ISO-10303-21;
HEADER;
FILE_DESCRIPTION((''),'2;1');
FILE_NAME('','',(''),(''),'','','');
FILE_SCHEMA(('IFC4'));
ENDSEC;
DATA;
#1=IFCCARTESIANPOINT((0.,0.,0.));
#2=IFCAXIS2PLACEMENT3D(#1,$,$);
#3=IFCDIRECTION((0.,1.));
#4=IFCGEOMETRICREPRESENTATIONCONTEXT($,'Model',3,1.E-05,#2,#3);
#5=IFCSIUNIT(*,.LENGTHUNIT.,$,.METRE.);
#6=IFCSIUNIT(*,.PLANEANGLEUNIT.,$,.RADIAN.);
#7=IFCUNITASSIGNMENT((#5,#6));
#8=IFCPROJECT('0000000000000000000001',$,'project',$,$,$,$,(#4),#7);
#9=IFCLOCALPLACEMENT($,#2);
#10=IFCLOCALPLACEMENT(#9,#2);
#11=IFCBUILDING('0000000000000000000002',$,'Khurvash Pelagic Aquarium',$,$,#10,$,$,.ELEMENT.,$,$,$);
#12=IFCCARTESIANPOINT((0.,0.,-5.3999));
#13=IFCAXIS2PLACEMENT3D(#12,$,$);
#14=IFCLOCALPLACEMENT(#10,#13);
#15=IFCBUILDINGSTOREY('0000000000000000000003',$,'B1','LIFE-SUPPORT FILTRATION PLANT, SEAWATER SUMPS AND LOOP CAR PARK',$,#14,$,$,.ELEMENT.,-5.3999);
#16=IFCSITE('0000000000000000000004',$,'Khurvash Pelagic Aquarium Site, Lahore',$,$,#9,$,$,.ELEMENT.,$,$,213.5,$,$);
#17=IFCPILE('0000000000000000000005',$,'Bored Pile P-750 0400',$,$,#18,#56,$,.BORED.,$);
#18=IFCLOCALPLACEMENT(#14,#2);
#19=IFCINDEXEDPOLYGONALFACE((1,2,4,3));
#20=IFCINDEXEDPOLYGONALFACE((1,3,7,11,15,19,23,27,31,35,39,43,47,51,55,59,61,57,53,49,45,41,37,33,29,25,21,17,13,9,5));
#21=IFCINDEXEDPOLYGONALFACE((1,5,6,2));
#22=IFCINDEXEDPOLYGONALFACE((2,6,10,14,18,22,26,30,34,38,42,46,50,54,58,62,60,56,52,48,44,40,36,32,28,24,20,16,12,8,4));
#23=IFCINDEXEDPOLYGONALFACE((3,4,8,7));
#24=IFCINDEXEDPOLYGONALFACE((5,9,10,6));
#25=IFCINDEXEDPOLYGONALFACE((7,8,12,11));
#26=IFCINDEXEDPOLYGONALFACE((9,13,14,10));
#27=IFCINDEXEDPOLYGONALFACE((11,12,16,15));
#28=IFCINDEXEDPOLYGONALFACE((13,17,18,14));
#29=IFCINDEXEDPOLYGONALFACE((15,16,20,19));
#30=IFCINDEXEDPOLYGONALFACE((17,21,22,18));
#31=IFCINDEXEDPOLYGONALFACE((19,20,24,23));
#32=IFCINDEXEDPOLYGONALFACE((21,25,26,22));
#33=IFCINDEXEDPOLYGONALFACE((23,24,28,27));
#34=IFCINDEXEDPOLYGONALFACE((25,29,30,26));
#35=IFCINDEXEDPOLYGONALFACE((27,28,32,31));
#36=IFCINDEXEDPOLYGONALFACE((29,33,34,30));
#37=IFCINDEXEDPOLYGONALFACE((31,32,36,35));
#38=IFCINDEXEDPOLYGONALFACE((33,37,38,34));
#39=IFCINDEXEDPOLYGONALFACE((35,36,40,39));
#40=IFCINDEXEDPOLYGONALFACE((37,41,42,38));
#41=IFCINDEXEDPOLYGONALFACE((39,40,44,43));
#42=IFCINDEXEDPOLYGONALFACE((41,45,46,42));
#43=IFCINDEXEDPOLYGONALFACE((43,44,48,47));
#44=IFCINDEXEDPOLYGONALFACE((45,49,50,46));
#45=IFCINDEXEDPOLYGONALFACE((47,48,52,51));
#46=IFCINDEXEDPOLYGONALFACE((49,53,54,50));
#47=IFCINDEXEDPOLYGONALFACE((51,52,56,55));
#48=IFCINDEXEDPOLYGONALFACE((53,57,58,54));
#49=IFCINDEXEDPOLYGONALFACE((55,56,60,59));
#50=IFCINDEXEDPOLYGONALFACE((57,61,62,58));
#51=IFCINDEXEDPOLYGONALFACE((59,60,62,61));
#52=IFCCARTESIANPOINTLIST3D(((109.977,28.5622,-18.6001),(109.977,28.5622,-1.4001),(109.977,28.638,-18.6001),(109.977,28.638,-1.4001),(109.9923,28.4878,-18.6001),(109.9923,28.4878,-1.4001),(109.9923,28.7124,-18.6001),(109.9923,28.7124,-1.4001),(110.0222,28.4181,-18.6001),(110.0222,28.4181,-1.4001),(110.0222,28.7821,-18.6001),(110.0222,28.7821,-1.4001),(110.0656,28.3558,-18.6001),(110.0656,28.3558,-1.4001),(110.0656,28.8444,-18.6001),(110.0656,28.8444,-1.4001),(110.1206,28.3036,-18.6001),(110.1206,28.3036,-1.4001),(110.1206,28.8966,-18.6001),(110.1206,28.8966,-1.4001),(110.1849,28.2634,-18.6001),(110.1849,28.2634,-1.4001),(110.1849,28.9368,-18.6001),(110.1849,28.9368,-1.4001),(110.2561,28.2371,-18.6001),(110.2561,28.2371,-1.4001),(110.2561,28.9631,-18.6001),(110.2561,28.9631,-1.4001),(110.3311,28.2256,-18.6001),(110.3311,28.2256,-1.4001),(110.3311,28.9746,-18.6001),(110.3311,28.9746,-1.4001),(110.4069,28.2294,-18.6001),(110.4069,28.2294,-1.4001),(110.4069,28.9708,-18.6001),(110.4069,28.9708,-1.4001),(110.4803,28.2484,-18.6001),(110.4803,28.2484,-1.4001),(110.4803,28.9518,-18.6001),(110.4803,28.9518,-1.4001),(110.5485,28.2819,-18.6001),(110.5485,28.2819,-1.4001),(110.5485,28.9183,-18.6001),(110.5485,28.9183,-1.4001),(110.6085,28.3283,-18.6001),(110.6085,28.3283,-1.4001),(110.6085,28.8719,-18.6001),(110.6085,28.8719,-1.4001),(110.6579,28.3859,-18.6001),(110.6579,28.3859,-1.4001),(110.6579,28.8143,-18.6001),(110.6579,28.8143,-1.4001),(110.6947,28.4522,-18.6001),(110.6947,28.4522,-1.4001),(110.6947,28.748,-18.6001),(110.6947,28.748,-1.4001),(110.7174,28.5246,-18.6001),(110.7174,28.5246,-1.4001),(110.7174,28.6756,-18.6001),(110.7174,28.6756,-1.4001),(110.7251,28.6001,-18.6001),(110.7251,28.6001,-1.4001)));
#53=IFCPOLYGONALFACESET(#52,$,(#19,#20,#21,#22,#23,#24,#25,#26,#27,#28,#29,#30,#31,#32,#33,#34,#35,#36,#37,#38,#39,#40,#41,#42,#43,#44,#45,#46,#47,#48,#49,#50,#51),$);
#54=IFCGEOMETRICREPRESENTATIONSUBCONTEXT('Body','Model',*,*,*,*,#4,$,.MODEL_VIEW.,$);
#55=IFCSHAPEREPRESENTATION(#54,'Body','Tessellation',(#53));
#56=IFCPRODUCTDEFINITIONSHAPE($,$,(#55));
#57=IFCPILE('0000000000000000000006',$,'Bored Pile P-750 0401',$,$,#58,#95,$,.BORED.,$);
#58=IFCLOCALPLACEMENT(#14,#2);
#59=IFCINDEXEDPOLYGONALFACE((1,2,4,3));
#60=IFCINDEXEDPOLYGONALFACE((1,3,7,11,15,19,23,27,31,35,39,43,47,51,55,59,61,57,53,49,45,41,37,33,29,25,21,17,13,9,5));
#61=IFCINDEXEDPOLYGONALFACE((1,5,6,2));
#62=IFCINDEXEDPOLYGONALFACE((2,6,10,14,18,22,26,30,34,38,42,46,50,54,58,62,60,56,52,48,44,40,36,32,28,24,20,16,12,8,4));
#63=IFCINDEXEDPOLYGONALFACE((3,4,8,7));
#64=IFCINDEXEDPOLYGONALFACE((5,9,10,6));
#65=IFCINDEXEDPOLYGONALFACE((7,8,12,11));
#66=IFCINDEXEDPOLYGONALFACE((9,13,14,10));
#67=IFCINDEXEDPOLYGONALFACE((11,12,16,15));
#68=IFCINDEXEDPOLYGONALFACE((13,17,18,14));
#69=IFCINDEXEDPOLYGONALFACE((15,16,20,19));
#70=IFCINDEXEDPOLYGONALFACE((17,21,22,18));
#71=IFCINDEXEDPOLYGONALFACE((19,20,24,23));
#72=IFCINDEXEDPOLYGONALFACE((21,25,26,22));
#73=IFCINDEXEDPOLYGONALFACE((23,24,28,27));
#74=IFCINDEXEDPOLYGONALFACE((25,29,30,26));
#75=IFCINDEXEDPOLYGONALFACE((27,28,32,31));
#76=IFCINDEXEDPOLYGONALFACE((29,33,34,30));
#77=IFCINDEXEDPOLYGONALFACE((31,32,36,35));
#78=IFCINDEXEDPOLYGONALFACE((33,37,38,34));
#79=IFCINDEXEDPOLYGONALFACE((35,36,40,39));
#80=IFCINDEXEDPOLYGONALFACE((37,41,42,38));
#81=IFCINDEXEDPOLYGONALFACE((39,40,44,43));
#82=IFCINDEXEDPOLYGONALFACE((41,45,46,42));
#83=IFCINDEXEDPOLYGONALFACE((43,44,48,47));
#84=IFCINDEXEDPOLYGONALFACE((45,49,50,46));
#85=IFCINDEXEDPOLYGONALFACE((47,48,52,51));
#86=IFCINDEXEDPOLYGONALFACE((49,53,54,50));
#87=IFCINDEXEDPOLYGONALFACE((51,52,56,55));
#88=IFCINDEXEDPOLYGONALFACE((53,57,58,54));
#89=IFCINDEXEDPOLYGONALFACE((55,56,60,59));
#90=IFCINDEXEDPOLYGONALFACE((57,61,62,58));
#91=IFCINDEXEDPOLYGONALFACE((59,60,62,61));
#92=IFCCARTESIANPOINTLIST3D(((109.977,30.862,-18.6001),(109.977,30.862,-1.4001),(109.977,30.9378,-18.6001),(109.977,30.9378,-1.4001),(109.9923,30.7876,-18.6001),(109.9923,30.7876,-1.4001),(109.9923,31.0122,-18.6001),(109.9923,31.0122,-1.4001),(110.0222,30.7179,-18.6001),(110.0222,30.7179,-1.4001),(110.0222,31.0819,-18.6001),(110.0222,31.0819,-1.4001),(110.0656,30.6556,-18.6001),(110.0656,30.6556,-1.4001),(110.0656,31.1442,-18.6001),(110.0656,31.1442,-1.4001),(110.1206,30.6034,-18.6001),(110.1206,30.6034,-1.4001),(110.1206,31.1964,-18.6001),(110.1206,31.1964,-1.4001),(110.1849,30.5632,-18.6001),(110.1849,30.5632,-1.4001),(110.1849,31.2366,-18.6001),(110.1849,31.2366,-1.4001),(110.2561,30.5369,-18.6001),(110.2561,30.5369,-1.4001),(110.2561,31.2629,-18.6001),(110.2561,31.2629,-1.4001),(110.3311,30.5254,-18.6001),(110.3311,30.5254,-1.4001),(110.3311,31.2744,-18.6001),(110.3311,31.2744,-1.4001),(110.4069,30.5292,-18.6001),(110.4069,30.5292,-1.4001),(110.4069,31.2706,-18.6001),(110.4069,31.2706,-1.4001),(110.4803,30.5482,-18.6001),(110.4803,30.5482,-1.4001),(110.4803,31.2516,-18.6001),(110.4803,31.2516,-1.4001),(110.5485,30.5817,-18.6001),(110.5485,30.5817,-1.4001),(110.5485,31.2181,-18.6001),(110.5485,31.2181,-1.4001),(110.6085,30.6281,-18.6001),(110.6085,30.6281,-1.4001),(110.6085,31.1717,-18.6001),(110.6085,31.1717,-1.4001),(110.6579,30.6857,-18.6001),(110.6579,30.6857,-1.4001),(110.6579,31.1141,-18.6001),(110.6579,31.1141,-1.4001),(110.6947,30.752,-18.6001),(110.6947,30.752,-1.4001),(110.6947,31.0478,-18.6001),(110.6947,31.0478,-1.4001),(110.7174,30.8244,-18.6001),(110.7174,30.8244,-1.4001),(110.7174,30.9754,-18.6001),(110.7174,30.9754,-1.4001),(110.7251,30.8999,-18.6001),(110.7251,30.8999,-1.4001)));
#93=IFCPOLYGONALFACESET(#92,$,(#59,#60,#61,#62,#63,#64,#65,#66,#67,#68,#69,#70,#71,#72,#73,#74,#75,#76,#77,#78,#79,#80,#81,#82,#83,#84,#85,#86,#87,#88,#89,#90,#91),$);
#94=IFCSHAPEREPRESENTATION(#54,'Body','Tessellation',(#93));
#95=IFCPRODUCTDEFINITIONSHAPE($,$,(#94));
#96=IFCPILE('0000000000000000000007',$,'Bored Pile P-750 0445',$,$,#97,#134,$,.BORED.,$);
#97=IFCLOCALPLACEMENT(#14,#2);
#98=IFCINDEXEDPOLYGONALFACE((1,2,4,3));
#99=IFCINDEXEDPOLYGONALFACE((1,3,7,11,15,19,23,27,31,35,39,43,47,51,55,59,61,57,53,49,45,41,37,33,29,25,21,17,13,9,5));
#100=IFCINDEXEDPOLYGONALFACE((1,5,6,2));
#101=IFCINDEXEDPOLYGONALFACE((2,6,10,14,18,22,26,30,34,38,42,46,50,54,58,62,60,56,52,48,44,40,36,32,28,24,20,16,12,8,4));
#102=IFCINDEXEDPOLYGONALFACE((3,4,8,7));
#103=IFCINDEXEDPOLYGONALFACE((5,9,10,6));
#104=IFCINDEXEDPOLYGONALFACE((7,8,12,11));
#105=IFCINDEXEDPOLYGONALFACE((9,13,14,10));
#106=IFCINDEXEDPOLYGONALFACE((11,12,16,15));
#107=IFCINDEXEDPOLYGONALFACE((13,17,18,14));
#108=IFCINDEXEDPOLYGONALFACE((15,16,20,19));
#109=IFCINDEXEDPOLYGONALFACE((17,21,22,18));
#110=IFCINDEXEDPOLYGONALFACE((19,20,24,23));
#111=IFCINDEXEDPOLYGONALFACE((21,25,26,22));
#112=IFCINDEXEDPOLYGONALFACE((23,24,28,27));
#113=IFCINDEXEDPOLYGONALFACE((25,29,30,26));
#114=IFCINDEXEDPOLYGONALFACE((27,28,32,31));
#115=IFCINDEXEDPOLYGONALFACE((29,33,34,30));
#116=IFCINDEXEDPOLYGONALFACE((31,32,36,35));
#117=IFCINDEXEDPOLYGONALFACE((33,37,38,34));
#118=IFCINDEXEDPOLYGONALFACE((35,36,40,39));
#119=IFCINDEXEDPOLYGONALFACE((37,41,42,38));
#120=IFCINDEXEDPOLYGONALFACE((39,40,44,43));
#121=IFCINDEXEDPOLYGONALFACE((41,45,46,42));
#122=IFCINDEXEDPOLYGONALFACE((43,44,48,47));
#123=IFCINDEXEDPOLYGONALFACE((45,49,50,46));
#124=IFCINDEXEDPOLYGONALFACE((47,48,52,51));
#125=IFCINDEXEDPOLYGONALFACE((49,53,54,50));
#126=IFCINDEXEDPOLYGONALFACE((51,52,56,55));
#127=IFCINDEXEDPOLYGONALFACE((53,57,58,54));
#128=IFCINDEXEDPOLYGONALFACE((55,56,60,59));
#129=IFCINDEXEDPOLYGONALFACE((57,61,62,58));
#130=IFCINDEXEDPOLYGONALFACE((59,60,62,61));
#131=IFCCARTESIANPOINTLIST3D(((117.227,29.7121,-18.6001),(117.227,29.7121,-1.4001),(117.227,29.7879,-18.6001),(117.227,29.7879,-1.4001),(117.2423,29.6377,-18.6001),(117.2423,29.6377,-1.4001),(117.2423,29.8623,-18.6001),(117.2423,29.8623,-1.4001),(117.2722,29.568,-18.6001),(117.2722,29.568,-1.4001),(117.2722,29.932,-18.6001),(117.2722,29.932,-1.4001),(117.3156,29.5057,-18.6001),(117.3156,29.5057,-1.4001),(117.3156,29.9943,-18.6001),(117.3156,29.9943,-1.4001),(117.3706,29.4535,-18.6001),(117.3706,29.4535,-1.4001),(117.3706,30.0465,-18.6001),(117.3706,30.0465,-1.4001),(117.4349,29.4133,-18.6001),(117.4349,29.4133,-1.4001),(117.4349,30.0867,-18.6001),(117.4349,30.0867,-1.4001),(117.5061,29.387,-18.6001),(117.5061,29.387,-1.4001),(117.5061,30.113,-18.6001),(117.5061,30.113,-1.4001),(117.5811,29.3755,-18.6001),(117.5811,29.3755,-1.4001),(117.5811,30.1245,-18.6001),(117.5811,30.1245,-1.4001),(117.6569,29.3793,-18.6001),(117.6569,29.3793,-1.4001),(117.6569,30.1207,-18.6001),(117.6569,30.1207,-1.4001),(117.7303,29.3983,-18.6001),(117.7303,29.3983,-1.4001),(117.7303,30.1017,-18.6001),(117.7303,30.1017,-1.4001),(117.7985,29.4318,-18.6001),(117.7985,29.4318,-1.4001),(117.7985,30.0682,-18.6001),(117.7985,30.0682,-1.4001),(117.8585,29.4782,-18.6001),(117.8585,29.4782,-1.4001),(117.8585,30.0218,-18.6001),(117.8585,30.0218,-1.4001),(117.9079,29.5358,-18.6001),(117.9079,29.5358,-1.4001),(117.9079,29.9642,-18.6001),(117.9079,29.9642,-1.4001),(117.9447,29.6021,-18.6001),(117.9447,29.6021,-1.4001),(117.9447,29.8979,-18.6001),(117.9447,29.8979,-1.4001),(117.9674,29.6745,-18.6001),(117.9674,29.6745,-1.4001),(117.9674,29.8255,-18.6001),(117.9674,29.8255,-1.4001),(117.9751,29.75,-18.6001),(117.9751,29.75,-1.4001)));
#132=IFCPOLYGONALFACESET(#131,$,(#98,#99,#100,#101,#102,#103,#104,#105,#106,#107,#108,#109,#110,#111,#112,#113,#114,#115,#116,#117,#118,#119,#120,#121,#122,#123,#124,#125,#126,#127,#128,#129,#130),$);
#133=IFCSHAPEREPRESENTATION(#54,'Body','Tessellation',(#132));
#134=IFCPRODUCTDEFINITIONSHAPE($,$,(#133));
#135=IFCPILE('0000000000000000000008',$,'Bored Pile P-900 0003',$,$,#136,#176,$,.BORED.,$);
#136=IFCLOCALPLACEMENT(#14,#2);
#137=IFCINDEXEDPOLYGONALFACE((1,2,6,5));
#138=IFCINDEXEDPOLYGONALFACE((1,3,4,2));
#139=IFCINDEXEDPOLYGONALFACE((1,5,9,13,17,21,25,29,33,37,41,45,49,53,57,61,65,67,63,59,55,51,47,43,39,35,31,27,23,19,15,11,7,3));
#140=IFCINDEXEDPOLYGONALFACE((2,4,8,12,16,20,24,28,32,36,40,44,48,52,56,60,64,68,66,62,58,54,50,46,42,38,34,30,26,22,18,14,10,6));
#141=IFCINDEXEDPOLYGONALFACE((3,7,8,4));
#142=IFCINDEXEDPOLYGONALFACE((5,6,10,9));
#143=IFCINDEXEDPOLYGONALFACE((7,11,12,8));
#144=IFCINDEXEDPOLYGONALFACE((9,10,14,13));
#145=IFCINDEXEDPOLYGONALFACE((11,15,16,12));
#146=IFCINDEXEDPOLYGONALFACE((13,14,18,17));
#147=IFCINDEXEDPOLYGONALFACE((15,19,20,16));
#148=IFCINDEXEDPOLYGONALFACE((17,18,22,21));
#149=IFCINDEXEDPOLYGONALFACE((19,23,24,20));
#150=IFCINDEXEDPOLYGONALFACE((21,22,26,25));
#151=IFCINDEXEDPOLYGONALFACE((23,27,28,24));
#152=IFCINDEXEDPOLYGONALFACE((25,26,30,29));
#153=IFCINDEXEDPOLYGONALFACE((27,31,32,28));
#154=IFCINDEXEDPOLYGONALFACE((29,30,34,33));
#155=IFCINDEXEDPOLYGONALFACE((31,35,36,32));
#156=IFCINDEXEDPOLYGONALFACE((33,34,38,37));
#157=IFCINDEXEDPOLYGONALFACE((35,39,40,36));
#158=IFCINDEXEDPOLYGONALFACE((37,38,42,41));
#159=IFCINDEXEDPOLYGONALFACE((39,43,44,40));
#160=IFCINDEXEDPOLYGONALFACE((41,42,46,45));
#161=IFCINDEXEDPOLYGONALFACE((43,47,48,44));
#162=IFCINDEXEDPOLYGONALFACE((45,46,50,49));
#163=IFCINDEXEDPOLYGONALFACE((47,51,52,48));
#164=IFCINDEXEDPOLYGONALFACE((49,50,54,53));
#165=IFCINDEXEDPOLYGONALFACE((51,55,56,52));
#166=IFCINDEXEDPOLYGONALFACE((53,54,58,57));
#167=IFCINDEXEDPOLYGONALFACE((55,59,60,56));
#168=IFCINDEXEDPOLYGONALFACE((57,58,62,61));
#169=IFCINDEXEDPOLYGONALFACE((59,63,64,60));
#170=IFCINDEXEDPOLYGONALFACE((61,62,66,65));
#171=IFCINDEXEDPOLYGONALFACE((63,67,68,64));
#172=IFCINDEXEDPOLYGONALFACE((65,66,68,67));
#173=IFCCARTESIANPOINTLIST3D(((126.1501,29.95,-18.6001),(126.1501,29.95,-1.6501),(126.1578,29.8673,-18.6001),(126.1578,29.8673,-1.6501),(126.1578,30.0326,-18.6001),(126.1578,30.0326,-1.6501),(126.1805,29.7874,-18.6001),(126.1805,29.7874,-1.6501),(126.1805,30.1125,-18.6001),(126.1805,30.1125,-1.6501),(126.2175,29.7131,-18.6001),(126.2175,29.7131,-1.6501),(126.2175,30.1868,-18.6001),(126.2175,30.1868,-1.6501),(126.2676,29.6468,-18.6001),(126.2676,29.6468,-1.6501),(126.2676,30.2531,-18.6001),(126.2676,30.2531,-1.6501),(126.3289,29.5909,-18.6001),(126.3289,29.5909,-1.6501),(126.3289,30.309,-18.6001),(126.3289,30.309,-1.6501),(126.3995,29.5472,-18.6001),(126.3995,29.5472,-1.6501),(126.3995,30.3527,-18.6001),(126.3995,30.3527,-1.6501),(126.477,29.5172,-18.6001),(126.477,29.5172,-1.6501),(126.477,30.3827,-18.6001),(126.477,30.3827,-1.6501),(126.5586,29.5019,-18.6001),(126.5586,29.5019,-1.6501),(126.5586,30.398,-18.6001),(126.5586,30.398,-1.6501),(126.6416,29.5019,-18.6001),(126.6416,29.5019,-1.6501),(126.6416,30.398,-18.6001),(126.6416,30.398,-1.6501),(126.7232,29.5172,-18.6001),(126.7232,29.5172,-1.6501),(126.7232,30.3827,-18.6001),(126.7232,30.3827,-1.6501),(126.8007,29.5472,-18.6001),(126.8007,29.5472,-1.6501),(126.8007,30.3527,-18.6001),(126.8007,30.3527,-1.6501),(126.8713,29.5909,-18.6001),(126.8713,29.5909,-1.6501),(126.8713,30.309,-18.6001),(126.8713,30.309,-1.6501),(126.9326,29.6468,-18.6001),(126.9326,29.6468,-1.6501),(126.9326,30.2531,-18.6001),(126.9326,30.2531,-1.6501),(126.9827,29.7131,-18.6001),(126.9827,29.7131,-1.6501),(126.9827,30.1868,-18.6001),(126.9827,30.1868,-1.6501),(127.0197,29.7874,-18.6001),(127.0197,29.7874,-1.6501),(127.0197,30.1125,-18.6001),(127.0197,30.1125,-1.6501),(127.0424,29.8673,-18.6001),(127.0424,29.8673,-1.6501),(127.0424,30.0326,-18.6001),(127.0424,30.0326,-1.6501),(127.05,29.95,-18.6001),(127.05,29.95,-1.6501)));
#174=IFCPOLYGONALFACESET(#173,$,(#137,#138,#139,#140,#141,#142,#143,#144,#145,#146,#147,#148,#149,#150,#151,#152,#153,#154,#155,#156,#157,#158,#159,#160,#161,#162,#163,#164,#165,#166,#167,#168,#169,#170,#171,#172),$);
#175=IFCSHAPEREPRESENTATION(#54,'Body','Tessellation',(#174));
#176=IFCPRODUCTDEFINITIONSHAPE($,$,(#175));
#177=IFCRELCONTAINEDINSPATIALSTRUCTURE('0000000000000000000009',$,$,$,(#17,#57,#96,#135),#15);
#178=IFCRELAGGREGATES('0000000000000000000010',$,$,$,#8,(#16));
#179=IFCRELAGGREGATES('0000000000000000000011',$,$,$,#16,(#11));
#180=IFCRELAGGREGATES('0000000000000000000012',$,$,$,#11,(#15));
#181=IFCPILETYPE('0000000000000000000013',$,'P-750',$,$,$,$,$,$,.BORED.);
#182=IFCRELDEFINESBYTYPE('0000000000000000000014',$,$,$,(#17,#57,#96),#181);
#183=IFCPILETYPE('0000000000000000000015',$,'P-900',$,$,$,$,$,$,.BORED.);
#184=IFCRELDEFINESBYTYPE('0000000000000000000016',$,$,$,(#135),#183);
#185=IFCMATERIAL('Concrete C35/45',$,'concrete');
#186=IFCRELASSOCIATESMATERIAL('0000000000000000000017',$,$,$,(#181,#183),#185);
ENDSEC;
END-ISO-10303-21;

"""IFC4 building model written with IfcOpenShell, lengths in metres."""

from ifc_helpers import new_model, si_unit, direction, frame, origin, origin_2d, place, context, subcontext, project, spatial, circle, extrude, material, material_profile, profile_set, type_object, element, save


model = new_model("IFC4")

# Units and contexts
model_context = context("Model", 3, precision=1e-05, world=origin(), true_north=direction((0.0, 1.0)))
body_context = subcontext(model_context, "Body", "Model", "MODEL_VIEW")
ifc_project = project(units=[si_unit("LENGTHUNIT", "METRE"), si_unit("PLANEANGLEUNIT", "RADIAN")], contexts=[model_context])

# Site, building, storey
site_placement = place(None, origin())
site = spatial("IfcSite", under=ifc_project, at=site_placement, Name="Khurvash Pelagic Aquarium Site, Lahore", CompositionType="ELEMENT", RefElevation=213.5)
building_placement = place(site_placement, origin())
building = spatial("IfcBuilding", under=site, at=building_placement, Name="Khurvash Pelagic Aquarium", CompositionType="ELEMENT")
storey_placement = place(building_placement, frame((0.0, 0.0, -5.3999)))
storey = spatial("IfcBuildingStorey", under=building, at=storey_placement, Name="B1", Description="LIFE-SUPPORT FILTRATION PLANT, SEAWATER SUMPS AND LOOP CAR PARK", CompositionType="ELEMENT", Elevation=-5.3999)

# Piles
ifc_material_1 = material(Name="Concrete C35/45", Category="concrete")
ifc_material_profile_1 = material_profile(ifc_material_1, circle(Radius=0.375, at=origin_2d()), Name="PILE750")
ifc_profile_set_1 = profile_set([ifc_material_profile_1], Name="Concrete C35/45")
pile_type_1 = type_object("IfcPileType", Name="P-750", PredefinedType="BORED", material=ifc_profile_set_1)
for number, where, z_axis, x_axis, name in (
    (1, (110.3501, 28.6001, -1.4001), (0.0, 0.0, -1.0), (1.0, 0.0, 0.0), "Bored Pile P-750 0400"),
    (2, (110.3501, 30.8999, -1.4001), (0.0, 0.0, -1.0), (1.0, 0.0, 0.0), "Bored Pile P-750 0401"),
    (3, (117.6001, 29.75, -1.4001), (0.0, 0.0, -1.0), (1.0, 0.0, 0.0), "Bored Pile P-750 0445"),
):
    element("IfcPile", number, at=place(storey_placement, frame(where, z_axis=z_axis, x_axis=x_axis)), inside=storey, type_object=pile_type_1, Name=name, PredefinedType="BORED", context=body_context, shape_type="SweptSolid", body=[
        extrude(circle(Radius=0.375, at=origin_2d()), origin(), (0.0, 0.0, 1.0), 17.2),
    ])
ifc_material_profile_2 = material_profile(ifc_material_1, circle(Radius=0.45, at=origin_2d()), Name="PILE900")
ifc_profile_set_2 = profile_set([ifc_material_profile_2], Name="Concrete C35/45")
pile_type_2 = type_object("IfcPileType", Name="P-900", PredefinedType="BORED", material=ifc_profile_set_2)
for number, where, z_axis, x_axis, name in (
    (4, (126.6001, 29.95, -1.6501), (0.0, 0.0, -1.0), (1.0, 0.0, 0.0), "Bored Pile P-900 0003"),
):
    element("IfcPile", number, at=place(storey_placement, frame(where, z_axis=z_axis, x_axis=x_axis)), inside=storey, type_object=pile_type_2, Name=name, PredefinedType="BORED", context=body_context, shape_type="SweptSolid", body=[
        extrude(circle(Radius=0.45, at=origin_2d()), origin(), (0.0, 0.0, 1.0), 16.95),
    ])

save(model, "model.ifc")
